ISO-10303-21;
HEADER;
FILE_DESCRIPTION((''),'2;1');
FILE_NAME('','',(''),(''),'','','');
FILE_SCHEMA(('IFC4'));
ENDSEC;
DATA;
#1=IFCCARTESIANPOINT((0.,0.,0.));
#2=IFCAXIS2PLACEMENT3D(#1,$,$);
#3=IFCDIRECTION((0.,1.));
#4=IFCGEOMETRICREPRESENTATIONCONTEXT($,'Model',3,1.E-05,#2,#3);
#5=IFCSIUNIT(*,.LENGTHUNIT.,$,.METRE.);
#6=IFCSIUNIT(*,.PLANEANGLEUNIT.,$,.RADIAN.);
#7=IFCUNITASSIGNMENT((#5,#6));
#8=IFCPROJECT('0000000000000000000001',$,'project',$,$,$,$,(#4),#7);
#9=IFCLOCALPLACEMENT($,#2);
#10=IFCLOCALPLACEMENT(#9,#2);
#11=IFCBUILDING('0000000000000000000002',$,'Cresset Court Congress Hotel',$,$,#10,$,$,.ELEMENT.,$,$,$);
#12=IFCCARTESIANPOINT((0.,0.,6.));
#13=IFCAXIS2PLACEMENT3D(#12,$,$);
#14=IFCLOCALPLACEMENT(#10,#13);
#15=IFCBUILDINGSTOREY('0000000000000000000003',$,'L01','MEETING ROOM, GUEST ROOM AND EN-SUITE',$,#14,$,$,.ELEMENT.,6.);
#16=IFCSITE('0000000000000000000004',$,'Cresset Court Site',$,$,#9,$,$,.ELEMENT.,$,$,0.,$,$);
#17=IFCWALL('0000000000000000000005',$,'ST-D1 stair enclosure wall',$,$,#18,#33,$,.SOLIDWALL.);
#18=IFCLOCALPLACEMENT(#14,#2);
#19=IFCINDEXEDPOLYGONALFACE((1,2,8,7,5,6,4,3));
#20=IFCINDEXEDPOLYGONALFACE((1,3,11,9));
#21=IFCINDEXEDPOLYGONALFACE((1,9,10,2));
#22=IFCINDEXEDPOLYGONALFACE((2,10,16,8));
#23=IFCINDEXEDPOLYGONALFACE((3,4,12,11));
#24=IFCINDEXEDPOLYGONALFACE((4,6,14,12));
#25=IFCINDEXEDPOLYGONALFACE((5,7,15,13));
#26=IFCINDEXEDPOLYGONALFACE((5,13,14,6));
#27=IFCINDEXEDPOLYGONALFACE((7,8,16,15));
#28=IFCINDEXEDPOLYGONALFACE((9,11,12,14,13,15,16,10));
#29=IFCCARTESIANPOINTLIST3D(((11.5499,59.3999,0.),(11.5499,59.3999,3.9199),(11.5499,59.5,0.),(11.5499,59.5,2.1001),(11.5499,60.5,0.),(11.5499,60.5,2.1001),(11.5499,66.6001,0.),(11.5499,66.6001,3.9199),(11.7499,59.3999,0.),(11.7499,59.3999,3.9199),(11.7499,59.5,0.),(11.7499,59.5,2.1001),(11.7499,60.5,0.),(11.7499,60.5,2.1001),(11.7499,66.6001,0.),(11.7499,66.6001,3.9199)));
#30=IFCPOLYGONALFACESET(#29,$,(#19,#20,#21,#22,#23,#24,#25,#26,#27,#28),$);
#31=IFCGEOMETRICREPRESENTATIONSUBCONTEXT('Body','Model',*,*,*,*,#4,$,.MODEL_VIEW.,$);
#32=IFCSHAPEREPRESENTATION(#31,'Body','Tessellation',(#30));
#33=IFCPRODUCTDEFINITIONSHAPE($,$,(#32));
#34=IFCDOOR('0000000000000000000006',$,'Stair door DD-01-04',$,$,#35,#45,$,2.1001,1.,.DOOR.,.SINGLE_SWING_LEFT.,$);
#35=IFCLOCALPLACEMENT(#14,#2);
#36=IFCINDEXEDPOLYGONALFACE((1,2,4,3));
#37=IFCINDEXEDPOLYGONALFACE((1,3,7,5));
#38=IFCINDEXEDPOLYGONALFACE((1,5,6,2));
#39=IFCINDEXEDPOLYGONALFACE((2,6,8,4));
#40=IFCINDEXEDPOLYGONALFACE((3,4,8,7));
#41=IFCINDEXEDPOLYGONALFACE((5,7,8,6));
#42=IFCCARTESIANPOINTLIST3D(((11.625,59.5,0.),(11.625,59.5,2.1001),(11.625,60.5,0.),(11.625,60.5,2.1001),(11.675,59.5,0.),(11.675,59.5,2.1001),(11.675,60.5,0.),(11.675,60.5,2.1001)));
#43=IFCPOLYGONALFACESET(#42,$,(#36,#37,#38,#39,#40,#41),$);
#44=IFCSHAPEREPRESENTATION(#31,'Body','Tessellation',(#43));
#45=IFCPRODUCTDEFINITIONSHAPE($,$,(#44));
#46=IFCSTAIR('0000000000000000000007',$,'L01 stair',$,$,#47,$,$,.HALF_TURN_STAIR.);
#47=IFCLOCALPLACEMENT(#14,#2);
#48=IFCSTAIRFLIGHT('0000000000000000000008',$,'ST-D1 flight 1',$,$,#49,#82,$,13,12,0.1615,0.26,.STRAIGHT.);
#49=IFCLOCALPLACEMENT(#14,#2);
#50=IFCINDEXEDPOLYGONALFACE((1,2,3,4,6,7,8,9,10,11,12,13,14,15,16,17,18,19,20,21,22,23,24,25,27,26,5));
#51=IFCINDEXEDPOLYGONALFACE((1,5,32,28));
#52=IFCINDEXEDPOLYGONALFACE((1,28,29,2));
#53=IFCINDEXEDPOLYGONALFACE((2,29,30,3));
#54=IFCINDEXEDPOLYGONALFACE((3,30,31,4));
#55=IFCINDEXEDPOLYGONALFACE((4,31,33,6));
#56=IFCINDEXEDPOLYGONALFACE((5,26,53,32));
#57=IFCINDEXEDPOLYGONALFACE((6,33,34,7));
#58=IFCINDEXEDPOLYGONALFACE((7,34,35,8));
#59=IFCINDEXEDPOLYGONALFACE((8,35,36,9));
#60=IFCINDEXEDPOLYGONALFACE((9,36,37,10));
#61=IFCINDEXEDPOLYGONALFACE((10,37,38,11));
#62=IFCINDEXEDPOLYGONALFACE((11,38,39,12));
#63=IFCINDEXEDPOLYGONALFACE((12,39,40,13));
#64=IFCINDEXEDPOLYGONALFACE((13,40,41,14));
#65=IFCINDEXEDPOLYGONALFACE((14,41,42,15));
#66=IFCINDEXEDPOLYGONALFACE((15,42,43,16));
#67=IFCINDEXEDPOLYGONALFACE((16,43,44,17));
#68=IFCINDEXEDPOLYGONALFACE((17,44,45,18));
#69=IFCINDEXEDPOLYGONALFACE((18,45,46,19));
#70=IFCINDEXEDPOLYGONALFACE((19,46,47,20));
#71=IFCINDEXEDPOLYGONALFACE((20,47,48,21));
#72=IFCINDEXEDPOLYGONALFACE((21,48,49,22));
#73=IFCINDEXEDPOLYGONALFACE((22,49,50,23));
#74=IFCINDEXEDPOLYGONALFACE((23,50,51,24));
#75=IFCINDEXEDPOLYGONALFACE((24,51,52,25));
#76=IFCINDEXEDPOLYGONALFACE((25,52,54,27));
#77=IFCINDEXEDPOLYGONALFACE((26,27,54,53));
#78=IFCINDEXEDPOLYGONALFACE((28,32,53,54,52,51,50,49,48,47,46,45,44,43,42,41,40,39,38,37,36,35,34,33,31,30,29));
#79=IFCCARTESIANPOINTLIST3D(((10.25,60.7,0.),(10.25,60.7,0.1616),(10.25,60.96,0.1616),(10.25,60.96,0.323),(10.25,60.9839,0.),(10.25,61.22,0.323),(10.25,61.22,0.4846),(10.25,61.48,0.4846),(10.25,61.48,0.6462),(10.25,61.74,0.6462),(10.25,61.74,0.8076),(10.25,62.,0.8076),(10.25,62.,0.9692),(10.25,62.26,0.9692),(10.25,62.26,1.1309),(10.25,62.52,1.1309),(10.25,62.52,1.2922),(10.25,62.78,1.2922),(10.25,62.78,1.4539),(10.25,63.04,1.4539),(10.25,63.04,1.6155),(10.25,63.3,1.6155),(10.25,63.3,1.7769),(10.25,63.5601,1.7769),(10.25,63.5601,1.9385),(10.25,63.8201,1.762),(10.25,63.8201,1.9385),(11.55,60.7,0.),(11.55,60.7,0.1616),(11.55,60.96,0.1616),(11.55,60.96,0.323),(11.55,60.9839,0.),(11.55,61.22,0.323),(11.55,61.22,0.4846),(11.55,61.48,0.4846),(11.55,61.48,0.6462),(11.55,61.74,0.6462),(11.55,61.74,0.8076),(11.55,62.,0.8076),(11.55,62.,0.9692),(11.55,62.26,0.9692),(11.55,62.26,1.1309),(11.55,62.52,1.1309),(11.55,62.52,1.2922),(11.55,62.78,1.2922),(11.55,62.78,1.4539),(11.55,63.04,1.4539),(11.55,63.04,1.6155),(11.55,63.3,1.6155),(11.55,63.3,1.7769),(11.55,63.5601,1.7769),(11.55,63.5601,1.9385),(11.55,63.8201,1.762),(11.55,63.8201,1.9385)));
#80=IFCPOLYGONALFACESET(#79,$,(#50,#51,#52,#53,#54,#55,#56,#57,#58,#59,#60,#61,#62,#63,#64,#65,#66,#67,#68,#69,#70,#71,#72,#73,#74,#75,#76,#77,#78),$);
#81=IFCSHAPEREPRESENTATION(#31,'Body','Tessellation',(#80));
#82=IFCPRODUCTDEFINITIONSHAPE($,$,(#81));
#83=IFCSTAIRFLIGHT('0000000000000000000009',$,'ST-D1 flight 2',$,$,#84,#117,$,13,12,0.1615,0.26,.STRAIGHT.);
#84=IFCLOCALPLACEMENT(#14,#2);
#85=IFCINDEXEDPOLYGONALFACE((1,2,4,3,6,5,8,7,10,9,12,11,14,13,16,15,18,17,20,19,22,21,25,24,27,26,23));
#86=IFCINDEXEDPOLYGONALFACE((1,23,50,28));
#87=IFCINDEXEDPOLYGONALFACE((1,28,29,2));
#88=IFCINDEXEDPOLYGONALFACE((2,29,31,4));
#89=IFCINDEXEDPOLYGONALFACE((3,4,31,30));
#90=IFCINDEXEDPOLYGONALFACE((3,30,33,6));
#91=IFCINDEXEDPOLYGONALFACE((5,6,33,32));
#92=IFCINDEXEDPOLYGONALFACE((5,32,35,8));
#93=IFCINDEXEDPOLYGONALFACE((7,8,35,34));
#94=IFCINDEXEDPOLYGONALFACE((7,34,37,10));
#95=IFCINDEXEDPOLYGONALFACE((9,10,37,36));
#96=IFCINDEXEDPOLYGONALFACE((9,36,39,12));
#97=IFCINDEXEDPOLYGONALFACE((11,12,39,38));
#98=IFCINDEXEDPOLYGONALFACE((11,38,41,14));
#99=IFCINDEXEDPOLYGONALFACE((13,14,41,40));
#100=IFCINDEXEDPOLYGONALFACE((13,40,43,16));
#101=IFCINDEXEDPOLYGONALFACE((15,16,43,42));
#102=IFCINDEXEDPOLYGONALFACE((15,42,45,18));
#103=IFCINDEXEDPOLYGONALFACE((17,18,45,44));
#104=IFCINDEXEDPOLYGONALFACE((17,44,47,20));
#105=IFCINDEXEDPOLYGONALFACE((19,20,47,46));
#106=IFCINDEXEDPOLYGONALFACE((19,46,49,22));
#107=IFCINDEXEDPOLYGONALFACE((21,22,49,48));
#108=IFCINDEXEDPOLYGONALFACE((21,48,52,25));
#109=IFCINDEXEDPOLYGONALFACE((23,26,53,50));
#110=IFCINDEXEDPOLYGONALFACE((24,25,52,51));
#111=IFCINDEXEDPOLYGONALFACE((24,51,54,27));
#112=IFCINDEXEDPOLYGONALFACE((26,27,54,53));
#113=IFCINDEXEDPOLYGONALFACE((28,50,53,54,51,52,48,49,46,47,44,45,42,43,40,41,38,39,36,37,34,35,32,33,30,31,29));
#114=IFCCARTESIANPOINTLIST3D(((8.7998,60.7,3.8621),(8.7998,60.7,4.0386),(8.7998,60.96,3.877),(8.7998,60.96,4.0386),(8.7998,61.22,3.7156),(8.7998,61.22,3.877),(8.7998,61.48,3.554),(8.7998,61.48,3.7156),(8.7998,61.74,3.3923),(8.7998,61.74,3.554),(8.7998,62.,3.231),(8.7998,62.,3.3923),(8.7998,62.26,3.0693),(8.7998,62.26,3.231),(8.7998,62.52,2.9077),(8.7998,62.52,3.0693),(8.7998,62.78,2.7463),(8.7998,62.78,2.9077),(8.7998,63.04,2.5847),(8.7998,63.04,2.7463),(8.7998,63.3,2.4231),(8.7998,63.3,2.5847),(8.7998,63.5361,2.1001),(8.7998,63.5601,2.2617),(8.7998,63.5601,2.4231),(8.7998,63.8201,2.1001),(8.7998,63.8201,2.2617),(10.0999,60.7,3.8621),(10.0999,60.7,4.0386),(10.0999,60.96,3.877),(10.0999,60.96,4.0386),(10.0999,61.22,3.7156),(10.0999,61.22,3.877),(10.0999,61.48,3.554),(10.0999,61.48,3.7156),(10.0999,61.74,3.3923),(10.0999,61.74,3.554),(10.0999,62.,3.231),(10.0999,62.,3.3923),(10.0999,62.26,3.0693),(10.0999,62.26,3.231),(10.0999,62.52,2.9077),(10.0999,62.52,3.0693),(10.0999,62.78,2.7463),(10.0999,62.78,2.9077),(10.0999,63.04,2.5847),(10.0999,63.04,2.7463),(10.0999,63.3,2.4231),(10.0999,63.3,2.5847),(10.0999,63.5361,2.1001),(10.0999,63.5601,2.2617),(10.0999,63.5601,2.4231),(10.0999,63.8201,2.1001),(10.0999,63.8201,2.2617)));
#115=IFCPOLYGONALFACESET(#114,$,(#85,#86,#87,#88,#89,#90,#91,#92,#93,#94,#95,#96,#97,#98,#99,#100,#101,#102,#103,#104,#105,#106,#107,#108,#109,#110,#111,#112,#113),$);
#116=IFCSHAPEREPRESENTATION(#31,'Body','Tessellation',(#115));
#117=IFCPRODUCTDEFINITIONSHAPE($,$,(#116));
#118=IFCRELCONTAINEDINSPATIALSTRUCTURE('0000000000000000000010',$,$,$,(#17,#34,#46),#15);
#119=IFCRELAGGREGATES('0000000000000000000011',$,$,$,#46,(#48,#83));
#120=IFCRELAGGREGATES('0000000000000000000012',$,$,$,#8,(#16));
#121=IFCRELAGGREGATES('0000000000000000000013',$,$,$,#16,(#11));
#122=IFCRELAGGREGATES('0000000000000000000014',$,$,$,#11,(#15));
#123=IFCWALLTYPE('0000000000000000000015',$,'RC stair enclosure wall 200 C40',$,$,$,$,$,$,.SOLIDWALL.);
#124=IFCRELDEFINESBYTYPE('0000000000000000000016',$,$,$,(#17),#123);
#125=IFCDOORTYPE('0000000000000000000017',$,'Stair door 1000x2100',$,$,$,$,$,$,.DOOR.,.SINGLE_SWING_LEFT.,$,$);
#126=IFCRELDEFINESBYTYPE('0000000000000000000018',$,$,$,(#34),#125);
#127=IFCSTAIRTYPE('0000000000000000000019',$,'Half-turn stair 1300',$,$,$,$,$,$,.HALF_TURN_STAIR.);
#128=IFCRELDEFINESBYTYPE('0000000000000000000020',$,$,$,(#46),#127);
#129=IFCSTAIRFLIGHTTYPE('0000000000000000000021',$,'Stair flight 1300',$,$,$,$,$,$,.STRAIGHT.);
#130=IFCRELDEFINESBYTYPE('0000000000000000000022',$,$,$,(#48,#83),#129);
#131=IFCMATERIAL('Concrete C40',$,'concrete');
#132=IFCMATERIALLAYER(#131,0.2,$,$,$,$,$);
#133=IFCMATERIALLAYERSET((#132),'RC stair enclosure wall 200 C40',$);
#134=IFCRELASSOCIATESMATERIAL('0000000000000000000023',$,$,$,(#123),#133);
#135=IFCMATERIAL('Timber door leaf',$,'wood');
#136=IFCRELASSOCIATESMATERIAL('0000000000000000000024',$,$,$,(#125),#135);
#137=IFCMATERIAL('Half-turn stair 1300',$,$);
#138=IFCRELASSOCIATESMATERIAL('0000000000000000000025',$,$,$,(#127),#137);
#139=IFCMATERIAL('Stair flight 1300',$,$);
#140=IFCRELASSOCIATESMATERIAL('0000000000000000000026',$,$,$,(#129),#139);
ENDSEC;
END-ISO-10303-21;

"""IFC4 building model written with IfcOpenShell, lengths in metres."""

from ifc_helpers import new_model, si_unit, direction, frame, frame_2d, origin, place, context, subcontext, project, spatial, polyline, rectangle, outline, extrude, material, layer, layer_set, type_object, element, fill, aggregate, save


model = new_model("IFC4")

# Units and contexts
model_context = context("Model", 3, precision=1e-05, world=origin(), true_north=direction((0.0, 1.0)))
body_context = subcontext(model_context, "Body", "Model", "MODEL_VIEW")
ifc_project = project(units=[si_unit("LENGTHUNIT", "METRE"), si_unit("PLANEANGLEUNIT", "RADIAN")], contexts=[model_context])

# Site, building, storey
site_placement = place(None, origin())
site = spatial("IfcSite", under=ifc_project, at=site_placement, Name="Cresset Court Site", CompositionType="ELEMENT", RefElevation=0.0)
building_placement = place(site_placement, origin())
building = spatial("IfcBuilding", under=site, at=building_placement, Name="Cresset Court Congress Hotel", CompositionType="ELEMENT")
storey_placement = place(building_placement, frame((0.0, 0.0, 6.0)))
storey = spatial("IfcBuildingStorey", under=building, at=storey_placement, Name="L01", Description="MEETING ROOM, GUEST ROOM AND EN-SUITE", CompositionType="ELEMENT", Elevation=6.0)

# Wall, opening, door
ifc_material_1 = material(Name="Concrete C40", Category="concrete")
ifc_layer_1 = layer(ifc_material_1, 0.2)
ifc_layer_set_1 = layer_set([ifc_layer_1], Name="RC stair enclosure wall 200 C40")
wall_type_1 = type_object("IfcWallType", Name="RC stair enclosure wall 200 C40", PredefinedType="SOLIDWALL", material=ifc_layer_set_1)
wall_1_placement = place(storey_placement, frame((11.6499, 59.3999, 0.0), z_axis=(0.0, 0.0, 1.0), x_axis=(0.0, 1.0, 0.0)))
wall_1 = element("IfcWall", 1, at=wall_1_placement, inside=storey, type_object=wall_type_1, Name="ST-D1 stair enclosure wall", PredefinedType="SOLIDWALL", context=body_context, shape_type="SweptSolid", body=[
    extrude(rectangle(XDim=7.2002, YDim=0.2, at=frame_2d((3.6001, 0.0))), origin(), (0.0, 0.0, 1.0), 3.9199),
])
opening_1_placement = place(wall_1_placement, frame((0.1001, 0.0, 0.0)))
opening_1 = element("IfcOpeningElement", 2, at=opening_1_placement, cuts=wall_1, PredefinedType="OPENING", context=body_context, shape_type="SweptSolid", body=[
    extrude(rectangle(XDim=1.0, YDim=2.1001, at=frame_2d((0.5, 1.05))), frame((0.0, 0.1099, 0.0), z_axis=(0.0, -1.0, 0.0), x_axis=(1.0, 0.0, 0.0)), (0.0, 0.0, 1.0), 0.22),
])
ifc_material_2 = material(Name="Timber door leaf", Category="wood")
door_type_1 = type_object("IfcDoorType", Name="Stair door 1000x2100", OperationType="SINGLE_SWING_LEFT", PredefinedType="DOOR", material=ifc_material_2)
door_1_placement = place(opening_1_placement, origin())
door_1 = element("IfcDoor", 3, at=door_1_placement, inside=storey, type_object=door_type_1, Name="Stair door DD-01-04", OperationType="SINGLE_SWING_LEFT", OverallHeight=2.1001, OverallWidth=1.0, PredefinedType="DOOR", context=body_context, shape_type="SweptSolid", body=[
    extrude(rectangle(XDim=1.0, YDim=2.1001, at=frame_2d((0.5, 1.05))), frame((0.0, 0.0249, 0.0), z_axis=(0.0, -1.0, 0.0), x_axis=(1.0, 0.0, 0.0)), (0.0, 0.0, 1.0), 0.05),
])
fill(opening_1, door_1)

# Stair, stair flights
ifc_material_3 = material(Name="Half-turn stair 1300")
stair_type = type_object("IfcStairType", Name="Half-turn stair 1300", PredefinedType="HALF_TURN_STAIR", material=ifc_material_3)
stair_placement = place(storey_placement, origin())
stair = element("IfcStair", 4, at=stair_placement, inside=storey, type_object=stair_type, Name="L01 stair", PredefinedType="HALF_TURN_STAIR")
ifc_material_4 = material(Name="Stair flight 1300")
stair_flight_type = type_object("IfcStairFlightType", Name="Stair flight 1300", PredefinedType="STRAIGHT", material=ifc_material_4)
stair_flight_1_placement = place(storey_placement, frame((10.8999, 60.7, 0.0), z_axis=(0.0, 0.0, 1.0), x_axis=(0.0, 1.0, 0.0)))
stair_flight_1 = element("IfcStairFlight", 5, at=stair_flight_1_placement, type_object=stair_flight_type, Name="ST-D1 flight 1", NumberOfRisers=13, NumberOfTreads=12, PredefinedType="STRAIGHT", RiserHeight=0.1615, TreadLength=0.26, context=body_context, shape_type="SweptSolid", body=[
    extrude(outline(polyline([(0.0, 0.0), (0.0, 0.1616), (0.26, 0.1616), (0.26, 0.323), (0.52, 0.323), (0.52, 0.4846), (0.78, 0.4846), (0.78, 0.6462), (1.04, 0.6462), (1.04, 0.8076), (1.3, 0.8076), (1.3, 0.9692), (1.5601, 0.9692), (1.5601, 1.1309), (1.8201, 1.1309), (1.8201, 1.2922), (2.0801, 1.2922), (2.0801, 1.4539), (2.3401, 1.4539), (2.3401, 1.6155), (2.6001, 1.6155), (2.6001, 1.7769), (2.8601, 1.7769), (2.8601, 1.9385), (3.1201, 1.9385), (3.1201, 2.1001), (3.1201, 1.762), (0.2839, 0.0), (0.0, 0.0)])), frame((0.0, 0.6499, 0.0), z_axis=(0.0, -1.0, 0.0), x_axis=(1.0, 0.0, 0.0)), (0.0, 0.0, 1.0), 1.3),
])
stair_flight_2_placement = place(storey_placement, frame((9.45, 63.8201, 2.1001), z_axis=(0.0, 0.0, 1.0), x_axis=(0.0, -1.0, 0.0)))
stair_flight_2 = element("IfcStairFlight", 6, at=stair_flight_2_placement, type_object=stair_flight_type, Name="ST-D1 flight 2", NumberOfRisers=13, NumberOfTreads=12, PredefinedType="STRAIGHT", RiserHeight=0.1615, TreadLength=0.26, context=body_context, shape_type="SweptSolid", body=[
    extrude(outline(polyline([(0.0, 0.0), (0.0, 0.1616), (0.26, 0.1616), (0.26, 0.323), (0.52, 0.323), (0.52, 0.4846), (0.78, 0.4846), (0.78, 0.6462), (1.04, 0.6462), (1.04, 0.8076), (1.3, 0.8076), (1.3, 0.9692), (1.5601, 0.9692), (1.5601, 1.1309), (1.8201, 1.1309), (1.8201, 1.2922), (2.0801, 1.2922), (2.0801, 1.4539), (2.3401, 1.4539), (2.3401, 1.6155), (2.6001, 1.6155), (2.6001, 1.7769), (2.8601, 1.7769), (2.8601, 1.9385), (3.1201, 1.9385), (3.1201, 2.1001), (3.1201, 1.762), (0.2839, 0.0), (0.0, 0.0)])), frame((0.0, 0.6499, 0.0), z_axis=(0.0, -1.0, 0.0), x_axis=(1.0, 0.0, 0.0)), (0.0, 0.0, 1.0), 1.3),
])
aggregate(stair, [stair_flight_1, stair_flight_2])

save(model, "model.ifc")
